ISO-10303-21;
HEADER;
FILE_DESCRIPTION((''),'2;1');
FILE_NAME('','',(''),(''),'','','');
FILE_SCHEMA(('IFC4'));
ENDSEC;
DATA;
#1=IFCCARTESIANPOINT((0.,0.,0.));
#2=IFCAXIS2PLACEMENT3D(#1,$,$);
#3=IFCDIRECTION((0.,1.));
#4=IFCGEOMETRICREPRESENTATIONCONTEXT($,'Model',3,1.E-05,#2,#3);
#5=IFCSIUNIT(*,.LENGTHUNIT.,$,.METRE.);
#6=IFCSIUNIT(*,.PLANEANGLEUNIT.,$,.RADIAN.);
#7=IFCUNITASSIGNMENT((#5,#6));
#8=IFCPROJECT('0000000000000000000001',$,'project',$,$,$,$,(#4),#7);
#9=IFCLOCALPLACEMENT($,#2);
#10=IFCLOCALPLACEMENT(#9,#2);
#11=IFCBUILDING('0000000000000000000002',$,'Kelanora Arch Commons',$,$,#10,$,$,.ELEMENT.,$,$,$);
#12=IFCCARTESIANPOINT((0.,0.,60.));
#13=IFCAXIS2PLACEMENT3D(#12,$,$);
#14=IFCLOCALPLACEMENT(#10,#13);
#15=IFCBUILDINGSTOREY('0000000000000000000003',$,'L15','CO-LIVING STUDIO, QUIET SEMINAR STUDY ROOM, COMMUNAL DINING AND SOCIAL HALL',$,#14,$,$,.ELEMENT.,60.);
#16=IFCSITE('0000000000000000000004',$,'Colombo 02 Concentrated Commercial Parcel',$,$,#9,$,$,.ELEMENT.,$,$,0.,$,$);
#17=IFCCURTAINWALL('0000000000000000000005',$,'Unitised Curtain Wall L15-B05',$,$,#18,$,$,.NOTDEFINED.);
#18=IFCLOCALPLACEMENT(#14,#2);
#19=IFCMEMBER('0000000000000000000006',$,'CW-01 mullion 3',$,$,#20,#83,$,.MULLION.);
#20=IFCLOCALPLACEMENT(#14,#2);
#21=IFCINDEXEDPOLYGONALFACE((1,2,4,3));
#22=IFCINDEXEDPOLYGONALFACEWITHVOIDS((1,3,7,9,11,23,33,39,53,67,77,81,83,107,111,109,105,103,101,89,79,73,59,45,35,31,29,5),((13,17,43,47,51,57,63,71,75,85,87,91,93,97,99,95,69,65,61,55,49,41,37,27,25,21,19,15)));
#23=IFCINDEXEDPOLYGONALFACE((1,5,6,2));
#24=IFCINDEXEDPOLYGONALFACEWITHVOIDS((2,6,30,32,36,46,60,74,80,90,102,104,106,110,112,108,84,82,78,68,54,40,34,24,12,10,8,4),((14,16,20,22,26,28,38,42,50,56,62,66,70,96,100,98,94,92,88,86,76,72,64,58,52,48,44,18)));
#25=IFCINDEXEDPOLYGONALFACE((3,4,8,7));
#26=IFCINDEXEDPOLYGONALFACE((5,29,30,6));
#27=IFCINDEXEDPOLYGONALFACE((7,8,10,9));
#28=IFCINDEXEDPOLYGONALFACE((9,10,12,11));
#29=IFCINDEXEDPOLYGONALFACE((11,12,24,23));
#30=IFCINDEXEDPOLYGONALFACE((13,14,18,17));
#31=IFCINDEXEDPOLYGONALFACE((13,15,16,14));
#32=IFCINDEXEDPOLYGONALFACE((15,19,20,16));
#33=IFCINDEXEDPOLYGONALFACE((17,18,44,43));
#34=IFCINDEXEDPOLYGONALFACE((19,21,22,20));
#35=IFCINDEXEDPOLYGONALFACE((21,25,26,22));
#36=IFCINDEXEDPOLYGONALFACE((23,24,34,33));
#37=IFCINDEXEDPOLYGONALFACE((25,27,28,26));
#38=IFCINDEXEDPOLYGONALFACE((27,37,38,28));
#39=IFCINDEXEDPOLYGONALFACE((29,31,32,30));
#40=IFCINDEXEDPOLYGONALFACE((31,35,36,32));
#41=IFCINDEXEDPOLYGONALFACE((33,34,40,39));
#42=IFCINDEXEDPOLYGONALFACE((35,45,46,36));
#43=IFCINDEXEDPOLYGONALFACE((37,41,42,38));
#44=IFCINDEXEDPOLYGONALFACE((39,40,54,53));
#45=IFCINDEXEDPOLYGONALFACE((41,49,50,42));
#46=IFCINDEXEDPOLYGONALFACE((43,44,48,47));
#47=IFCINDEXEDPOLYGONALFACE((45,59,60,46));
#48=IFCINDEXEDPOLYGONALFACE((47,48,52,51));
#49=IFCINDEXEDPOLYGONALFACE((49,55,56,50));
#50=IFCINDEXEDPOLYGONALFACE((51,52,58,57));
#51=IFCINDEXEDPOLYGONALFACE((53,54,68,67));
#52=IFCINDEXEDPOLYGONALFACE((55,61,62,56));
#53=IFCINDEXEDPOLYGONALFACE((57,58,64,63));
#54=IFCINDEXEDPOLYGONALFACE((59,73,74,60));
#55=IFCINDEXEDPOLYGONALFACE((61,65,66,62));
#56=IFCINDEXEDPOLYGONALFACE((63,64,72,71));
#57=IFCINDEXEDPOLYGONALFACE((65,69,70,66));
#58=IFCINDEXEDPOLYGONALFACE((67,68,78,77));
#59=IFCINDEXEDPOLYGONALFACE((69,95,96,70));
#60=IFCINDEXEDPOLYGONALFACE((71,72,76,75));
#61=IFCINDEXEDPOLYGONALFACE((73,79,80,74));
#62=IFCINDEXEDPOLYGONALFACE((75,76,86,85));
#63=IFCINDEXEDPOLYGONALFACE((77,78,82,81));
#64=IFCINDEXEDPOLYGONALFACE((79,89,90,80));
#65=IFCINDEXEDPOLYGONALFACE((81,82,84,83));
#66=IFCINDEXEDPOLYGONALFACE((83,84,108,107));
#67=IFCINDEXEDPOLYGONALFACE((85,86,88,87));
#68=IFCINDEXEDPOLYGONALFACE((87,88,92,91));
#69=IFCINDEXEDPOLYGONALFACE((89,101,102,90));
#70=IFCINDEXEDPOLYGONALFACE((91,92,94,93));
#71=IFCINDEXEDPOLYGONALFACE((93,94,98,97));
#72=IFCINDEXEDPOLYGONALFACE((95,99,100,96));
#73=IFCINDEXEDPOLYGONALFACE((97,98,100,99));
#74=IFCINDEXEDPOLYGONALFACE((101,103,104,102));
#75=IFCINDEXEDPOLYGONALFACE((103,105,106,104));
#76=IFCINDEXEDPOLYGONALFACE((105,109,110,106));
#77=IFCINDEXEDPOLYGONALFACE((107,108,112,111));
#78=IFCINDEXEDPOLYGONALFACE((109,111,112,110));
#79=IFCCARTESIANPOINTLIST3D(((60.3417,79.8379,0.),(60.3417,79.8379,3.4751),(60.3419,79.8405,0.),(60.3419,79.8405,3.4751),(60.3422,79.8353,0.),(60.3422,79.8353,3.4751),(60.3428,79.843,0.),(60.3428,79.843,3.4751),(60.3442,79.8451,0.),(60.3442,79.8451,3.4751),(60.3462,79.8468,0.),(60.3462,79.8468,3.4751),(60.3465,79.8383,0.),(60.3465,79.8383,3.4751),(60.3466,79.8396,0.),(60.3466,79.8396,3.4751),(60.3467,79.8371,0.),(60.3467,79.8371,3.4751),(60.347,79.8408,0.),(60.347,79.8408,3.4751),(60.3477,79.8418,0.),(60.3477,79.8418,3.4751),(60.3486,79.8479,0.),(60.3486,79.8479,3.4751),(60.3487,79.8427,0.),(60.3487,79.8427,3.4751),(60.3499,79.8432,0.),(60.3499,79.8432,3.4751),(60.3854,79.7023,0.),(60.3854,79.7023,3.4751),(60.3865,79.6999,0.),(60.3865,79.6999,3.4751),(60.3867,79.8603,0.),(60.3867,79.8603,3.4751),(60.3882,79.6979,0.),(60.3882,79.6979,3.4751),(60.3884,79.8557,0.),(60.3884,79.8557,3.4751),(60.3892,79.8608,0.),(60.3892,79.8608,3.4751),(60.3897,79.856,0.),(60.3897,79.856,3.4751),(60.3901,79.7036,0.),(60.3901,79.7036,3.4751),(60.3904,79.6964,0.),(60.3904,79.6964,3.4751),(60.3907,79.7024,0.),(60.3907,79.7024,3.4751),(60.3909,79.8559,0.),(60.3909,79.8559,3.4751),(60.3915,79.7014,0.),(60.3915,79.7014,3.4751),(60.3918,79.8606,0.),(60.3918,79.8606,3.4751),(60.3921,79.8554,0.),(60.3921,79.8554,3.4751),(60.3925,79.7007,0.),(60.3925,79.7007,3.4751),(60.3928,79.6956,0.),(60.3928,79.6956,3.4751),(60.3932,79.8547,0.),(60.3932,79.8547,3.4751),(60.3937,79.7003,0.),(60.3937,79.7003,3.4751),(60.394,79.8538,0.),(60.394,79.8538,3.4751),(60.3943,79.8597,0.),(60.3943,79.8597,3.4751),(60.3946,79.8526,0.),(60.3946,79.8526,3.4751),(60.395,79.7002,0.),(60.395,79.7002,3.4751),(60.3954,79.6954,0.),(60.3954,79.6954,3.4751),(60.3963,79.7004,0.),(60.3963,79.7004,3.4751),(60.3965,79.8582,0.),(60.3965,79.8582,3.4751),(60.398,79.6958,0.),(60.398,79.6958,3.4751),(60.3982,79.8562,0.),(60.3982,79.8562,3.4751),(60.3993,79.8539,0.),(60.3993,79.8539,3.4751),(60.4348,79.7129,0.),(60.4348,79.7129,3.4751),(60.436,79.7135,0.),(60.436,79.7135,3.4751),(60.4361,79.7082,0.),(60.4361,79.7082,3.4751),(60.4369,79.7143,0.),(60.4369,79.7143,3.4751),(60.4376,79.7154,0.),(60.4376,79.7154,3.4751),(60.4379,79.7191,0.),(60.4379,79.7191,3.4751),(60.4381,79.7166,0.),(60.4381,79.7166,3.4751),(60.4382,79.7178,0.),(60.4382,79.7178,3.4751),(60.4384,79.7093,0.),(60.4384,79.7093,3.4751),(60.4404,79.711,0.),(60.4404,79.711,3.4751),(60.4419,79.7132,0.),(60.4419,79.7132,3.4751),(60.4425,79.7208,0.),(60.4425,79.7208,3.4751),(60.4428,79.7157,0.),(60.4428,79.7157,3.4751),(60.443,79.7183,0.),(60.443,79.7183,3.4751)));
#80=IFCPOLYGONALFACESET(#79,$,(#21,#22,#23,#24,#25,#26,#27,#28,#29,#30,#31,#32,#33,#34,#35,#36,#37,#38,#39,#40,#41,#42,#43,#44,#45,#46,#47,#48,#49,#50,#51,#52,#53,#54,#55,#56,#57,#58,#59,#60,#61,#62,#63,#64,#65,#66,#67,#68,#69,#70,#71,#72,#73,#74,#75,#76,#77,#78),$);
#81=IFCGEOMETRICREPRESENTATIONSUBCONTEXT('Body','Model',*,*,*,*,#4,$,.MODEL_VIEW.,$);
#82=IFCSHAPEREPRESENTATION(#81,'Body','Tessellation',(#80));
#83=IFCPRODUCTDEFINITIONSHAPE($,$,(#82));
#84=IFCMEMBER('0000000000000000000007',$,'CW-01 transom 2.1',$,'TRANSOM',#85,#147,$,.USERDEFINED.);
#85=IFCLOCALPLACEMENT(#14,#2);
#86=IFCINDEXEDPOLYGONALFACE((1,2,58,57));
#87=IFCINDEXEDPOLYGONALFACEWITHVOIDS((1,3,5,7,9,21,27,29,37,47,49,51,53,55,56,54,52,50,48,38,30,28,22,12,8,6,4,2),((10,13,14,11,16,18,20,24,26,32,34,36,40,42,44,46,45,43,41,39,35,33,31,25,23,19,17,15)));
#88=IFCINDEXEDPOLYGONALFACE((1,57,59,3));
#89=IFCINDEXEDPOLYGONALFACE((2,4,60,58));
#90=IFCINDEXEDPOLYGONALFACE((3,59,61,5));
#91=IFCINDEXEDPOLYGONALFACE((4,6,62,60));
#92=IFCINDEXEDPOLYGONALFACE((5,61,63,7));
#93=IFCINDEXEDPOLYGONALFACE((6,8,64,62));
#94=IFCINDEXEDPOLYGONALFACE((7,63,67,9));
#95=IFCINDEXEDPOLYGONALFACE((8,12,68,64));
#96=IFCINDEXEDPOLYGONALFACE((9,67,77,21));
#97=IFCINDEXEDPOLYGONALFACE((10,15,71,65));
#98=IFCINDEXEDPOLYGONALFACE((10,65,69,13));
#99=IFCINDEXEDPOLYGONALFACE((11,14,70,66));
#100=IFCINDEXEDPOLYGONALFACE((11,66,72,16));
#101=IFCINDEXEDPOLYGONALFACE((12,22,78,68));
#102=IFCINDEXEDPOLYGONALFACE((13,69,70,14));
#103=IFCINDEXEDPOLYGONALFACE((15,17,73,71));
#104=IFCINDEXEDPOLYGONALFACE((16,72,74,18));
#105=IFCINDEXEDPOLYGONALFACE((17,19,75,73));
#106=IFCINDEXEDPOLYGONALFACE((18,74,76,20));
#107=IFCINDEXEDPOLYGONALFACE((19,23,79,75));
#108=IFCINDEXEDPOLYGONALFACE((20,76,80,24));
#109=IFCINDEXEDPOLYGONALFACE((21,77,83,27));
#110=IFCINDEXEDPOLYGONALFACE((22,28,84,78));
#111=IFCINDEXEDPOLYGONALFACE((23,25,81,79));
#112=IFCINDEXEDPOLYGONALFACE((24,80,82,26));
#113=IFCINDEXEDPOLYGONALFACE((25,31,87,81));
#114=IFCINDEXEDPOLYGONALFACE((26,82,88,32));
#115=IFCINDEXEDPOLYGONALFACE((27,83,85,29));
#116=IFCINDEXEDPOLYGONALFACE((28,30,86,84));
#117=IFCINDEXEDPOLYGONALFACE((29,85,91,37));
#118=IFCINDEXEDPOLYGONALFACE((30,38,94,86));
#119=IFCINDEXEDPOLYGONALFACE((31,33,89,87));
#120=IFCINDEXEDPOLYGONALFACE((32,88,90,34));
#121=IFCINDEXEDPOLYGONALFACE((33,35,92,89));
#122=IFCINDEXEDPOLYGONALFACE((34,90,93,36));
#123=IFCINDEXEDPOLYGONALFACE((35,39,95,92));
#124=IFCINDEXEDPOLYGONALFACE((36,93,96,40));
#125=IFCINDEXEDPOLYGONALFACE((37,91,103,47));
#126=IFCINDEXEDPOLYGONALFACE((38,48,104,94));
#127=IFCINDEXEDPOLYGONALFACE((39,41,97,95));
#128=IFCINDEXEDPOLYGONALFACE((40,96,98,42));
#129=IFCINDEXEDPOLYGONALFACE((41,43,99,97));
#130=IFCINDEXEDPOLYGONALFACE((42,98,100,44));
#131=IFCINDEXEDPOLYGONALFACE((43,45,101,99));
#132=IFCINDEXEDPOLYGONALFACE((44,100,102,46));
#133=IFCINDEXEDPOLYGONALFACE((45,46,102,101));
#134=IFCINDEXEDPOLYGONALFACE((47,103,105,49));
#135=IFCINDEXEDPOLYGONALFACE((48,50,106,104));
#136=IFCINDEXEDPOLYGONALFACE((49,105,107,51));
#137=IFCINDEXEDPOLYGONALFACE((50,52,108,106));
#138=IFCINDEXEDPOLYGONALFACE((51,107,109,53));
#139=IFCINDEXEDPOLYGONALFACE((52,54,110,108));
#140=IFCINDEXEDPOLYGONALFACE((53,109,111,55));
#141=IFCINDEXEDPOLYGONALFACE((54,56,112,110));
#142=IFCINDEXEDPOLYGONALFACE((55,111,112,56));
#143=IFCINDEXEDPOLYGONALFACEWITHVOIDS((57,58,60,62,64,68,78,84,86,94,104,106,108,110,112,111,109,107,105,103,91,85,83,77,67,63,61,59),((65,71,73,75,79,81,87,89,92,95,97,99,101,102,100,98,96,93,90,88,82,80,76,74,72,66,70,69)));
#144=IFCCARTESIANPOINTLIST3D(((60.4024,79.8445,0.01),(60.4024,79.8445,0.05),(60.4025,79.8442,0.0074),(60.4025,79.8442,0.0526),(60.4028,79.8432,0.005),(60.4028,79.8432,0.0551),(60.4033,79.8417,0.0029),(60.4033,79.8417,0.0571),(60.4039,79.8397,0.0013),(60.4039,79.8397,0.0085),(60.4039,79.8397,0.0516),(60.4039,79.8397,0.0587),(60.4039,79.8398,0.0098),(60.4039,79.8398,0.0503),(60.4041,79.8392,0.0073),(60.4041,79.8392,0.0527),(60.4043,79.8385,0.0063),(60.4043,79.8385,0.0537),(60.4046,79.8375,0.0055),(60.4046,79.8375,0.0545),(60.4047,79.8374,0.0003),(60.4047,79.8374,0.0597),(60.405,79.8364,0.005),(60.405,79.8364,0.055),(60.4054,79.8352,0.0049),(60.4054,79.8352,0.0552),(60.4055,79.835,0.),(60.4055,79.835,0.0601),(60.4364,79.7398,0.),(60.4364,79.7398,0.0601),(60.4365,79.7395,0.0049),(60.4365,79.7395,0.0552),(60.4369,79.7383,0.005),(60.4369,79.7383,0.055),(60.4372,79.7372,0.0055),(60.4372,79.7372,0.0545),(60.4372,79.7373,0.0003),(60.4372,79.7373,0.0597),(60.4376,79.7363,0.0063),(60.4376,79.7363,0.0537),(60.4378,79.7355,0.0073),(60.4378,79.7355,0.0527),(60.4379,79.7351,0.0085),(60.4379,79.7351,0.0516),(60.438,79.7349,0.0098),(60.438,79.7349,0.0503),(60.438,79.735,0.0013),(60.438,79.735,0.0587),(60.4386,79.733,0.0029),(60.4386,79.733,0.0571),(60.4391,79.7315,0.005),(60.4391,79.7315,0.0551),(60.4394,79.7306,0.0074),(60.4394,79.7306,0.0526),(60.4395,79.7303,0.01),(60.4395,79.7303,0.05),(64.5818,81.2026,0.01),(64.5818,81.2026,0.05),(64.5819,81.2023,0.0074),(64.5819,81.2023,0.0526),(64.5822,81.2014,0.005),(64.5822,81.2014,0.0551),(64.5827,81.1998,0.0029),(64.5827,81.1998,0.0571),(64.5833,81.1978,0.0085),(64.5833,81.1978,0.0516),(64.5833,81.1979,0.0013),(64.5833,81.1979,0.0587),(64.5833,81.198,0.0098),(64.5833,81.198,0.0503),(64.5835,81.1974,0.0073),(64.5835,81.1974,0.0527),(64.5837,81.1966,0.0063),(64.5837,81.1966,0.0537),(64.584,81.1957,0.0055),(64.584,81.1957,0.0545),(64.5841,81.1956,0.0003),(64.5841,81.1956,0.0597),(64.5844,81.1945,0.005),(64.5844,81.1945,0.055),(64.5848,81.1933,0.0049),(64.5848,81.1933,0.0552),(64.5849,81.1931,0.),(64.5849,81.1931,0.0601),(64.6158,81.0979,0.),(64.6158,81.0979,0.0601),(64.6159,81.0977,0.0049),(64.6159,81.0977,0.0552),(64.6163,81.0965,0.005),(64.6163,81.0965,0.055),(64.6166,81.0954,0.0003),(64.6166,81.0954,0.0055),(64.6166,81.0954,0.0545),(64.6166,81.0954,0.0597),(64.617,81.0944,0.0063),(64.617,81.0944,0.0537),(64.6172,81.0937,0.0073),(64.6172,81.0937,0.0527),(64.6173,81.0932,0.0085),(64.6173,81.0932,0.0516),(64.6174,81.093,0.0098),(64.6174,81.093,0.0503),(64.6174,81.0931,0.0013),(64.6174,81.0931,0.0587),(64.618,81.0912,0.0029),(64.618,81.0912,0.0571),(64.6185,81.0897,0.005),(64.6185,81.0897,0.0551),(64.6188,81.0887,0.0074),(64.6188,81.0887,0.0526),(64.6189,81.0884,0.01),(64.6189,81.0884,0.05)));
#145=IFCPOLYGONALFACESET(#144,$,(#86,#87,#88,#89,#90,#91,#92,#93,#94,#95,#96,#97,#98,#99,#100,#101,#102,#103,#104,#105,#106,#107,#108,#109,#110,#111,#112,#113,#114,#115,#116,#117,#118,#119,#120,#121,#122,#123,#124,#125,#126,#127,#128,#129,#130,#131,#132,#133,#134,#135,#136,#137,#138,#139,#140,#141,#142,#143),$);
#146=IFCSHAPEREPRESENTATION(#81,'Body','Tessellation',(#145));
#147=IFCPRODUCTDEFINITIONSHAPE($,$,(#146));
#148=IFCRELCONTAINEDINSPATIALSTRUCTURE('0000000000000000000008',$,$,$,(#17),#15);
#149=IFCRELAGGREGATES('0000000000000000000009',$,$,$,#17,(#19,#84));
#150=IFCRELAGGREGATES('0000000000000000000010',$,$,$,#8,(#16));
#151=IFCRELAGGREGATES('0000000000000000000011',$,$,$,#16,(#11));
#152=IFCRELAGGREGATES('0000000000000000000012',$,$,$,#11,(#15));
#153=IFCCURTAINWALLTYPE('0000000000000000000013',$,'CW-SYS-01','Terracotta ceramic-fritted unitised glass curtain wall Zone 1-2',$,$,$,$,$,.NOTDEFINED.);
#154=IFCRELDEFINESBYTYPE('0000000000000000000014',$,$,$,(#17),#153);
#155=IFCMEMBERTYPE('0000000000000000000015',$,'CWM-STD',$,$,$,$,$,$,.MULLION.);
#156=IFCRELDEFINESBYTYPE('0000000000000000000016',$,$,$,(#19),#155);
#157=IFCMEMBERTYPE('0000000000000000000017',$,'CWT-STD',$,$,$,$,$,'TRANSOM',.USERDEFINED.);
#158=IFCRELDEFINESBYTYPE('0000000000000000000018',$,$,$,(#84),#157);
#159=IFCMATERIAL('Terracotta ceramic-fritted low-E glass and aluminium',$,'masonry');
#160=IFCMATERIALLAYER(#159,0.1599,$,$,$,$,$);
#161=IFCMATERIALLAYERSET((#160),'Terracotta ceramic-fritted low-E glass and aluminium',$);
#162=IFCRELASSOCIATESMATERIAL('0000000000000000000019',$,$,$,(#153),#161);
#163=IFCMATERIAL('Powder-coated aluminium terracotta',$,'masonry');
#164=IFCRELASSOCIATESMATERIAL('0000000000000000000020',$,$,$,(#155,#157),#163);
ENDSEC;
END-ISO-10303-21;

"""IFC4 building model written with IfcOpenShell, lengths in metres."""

from ifc_helpers import new_model, si_unit, direction, frame, origin, origin_2d, place, context, subcontext, project, spatial, hollow_rectangle, extrude, material, layer, layer_set, material_profile, profile_set, type_object, element, aggregate, save


model = new_model("IFC4")

# Units and contexts
model_context = context("Model", 3, precision=1e-05, world=origin(), true_north=direction((0.0, 1.0)))
body_context = subcontext(model_context, "Body", "Model", "MODEL_VIEW")
ifc_project = project(units=[si_unit("LENGTHUNIT", "METRE"), si_unit("PLANEANGLEUNIT", "RADIAN")], contexts=[model_context])

# Site, building, storey
site_placement = place(None, origin())
site = spatial("IfcSite", under=ifc_project, at=site_placement, Name="Colombo 02 Concentrated Commercial Parcel", CompositionType="ELEMENT", RefElevation=0.0)
building_placement = place(site_placement, origin())
building = spatial("IfcBuilding", under=site, at=building_placement, Name="Kelanora Arch Commons", CompositionType="ELEMENT")
storey_placement = place(building_placement, frame((0.0, 0.0, 60.0)))
storey = spatial("IfcBuildingStorey", under=building, at=storey_placement, Name="L15", Description="CO-LIVING STUDIO, QUIET SEMINAR STUDY ROOM, COMMUNAL DINING AND SOCIAL HALL", CompositionType="ELEMENT", Elevation=60.0)

# Curtain wall, members
ifc_material_1 = material(Name="Terracotta ceramic-fritted low-E glass and aluminium", Category="masonry")
ifc_layer_1 = layer(ifc_material_1, 0.1599)
ifc_layer_set_1 = layer_set([ifc_layer_1], Name="Terracotta ceramic-fritted low-E glass and aluminium")
curtain_wall_type = type_object("IfcCurtainWallType", Name="CW-SYS-01", Description="Terracotta ceramic-fritted unitised glass curtain wall Zone 1-2", PredefinedType="NOTDEFINED", material=ifc_layer_set_1)
curtain_wall_placement = place(storey_placement, origin())
curtain_wall = element("IfcCurtainWall", 1, at=curtain_wall_placement, inside=storey, type_object=curtain_wall_type, Name="Unitised Curtain Wall L15-B05", PredefinedType="NOTDEFINED")
ifc_material_2 = material(Name="Powder-coated aluminium terracotta", Category="masonry")
ifc_material_profile_1 = material_profile(ifc_material_2, hollow_rectangle(XDim=0.1599, YDim=0.0601, WallThickness=0.0049, InnerFilletRadius=0.0049, OuterFilletRadius=0.01, at=origin_2d()), Name="CWM160x60")
ifc_profile_set_1 = profile_set([ifc_material_profile_1], Name="Powder-coated aluminium terracotta")
member_type_1 = type_object("IfcMemberType", Name="CWM-STD", PredefinedType="MULLION", material=ifc_profile_set_1)
member_1_placement = place(storey_placement, frame((60.3923, 79.7781, 0.0), z_axis=(0.0, 0.0, 1.0), x_axis=(0.309058, -0.951043, 0.0)))
member_1 = element("IfcMember", 2, at=member_1_placement, type_object=member_type_1, Name="CW-01 mullion 3", PredefinedType="MULLION", context=body_context, shape_type="SweptSolid", body=[
    extrude(hollow_rectangle(XDim=0.1599, YDim=0.0601, WallThickness=0.0049, InnerFilletRadius=0.0049, OuterFilletRadius=0.01, at=origin_2d()), origin(), (0.0, 0.0, 1.0), 3.4751),
])
ifc_material_profile_2 = material_profile(ifc_material_2, hollow_rectangle(XDim=0.1201, YDim=0.0601, WallThickness=0.0049, InnerFilletRadius=0.0049, OuterFilletRadius=0.01, at=origin_2d()), Name="CWT120x60")
ifc_profile_set_2 = profile_set([ifc_material_profile_2], Name="Powder-coated aluminium terracotta")
member_type_2 = type_object("IfcMemberType", Name="CWT-STD", ElementType="TRANSOM", PredefinedType="USERDEFINED", material=ifc_profile_set_2)
member_2_placement = place(storey_placement, frame((64.6003, 81.1455, 0.03), z_axis=(-0.951045, -0.309052, 0.0), x_axis=(0.309052, -0.951045, 0.0)))
member_2 = element("IfcMember", 3, at=member_2_placement, type_object=member_type_2, Name="CW-01 transom 2.1", ObjectType="TRANSOM", PredefinedType="USERDEFINED", context=body_context, shape_type="SweptSolid", body=[
    extrude(hollow_rectangle(XDim=0.1201, YDim=0.0601, WallThickness=0.0049, InnerFilletRadius=0.0049, OuterFilletRadius=0.01, at=origin_2d()), origin(), (0.0, 0.0, 1.0), 4.3945),
])
aggregate(curtain_wall, [member_1, member_2])

save(model, "model.ifc")
